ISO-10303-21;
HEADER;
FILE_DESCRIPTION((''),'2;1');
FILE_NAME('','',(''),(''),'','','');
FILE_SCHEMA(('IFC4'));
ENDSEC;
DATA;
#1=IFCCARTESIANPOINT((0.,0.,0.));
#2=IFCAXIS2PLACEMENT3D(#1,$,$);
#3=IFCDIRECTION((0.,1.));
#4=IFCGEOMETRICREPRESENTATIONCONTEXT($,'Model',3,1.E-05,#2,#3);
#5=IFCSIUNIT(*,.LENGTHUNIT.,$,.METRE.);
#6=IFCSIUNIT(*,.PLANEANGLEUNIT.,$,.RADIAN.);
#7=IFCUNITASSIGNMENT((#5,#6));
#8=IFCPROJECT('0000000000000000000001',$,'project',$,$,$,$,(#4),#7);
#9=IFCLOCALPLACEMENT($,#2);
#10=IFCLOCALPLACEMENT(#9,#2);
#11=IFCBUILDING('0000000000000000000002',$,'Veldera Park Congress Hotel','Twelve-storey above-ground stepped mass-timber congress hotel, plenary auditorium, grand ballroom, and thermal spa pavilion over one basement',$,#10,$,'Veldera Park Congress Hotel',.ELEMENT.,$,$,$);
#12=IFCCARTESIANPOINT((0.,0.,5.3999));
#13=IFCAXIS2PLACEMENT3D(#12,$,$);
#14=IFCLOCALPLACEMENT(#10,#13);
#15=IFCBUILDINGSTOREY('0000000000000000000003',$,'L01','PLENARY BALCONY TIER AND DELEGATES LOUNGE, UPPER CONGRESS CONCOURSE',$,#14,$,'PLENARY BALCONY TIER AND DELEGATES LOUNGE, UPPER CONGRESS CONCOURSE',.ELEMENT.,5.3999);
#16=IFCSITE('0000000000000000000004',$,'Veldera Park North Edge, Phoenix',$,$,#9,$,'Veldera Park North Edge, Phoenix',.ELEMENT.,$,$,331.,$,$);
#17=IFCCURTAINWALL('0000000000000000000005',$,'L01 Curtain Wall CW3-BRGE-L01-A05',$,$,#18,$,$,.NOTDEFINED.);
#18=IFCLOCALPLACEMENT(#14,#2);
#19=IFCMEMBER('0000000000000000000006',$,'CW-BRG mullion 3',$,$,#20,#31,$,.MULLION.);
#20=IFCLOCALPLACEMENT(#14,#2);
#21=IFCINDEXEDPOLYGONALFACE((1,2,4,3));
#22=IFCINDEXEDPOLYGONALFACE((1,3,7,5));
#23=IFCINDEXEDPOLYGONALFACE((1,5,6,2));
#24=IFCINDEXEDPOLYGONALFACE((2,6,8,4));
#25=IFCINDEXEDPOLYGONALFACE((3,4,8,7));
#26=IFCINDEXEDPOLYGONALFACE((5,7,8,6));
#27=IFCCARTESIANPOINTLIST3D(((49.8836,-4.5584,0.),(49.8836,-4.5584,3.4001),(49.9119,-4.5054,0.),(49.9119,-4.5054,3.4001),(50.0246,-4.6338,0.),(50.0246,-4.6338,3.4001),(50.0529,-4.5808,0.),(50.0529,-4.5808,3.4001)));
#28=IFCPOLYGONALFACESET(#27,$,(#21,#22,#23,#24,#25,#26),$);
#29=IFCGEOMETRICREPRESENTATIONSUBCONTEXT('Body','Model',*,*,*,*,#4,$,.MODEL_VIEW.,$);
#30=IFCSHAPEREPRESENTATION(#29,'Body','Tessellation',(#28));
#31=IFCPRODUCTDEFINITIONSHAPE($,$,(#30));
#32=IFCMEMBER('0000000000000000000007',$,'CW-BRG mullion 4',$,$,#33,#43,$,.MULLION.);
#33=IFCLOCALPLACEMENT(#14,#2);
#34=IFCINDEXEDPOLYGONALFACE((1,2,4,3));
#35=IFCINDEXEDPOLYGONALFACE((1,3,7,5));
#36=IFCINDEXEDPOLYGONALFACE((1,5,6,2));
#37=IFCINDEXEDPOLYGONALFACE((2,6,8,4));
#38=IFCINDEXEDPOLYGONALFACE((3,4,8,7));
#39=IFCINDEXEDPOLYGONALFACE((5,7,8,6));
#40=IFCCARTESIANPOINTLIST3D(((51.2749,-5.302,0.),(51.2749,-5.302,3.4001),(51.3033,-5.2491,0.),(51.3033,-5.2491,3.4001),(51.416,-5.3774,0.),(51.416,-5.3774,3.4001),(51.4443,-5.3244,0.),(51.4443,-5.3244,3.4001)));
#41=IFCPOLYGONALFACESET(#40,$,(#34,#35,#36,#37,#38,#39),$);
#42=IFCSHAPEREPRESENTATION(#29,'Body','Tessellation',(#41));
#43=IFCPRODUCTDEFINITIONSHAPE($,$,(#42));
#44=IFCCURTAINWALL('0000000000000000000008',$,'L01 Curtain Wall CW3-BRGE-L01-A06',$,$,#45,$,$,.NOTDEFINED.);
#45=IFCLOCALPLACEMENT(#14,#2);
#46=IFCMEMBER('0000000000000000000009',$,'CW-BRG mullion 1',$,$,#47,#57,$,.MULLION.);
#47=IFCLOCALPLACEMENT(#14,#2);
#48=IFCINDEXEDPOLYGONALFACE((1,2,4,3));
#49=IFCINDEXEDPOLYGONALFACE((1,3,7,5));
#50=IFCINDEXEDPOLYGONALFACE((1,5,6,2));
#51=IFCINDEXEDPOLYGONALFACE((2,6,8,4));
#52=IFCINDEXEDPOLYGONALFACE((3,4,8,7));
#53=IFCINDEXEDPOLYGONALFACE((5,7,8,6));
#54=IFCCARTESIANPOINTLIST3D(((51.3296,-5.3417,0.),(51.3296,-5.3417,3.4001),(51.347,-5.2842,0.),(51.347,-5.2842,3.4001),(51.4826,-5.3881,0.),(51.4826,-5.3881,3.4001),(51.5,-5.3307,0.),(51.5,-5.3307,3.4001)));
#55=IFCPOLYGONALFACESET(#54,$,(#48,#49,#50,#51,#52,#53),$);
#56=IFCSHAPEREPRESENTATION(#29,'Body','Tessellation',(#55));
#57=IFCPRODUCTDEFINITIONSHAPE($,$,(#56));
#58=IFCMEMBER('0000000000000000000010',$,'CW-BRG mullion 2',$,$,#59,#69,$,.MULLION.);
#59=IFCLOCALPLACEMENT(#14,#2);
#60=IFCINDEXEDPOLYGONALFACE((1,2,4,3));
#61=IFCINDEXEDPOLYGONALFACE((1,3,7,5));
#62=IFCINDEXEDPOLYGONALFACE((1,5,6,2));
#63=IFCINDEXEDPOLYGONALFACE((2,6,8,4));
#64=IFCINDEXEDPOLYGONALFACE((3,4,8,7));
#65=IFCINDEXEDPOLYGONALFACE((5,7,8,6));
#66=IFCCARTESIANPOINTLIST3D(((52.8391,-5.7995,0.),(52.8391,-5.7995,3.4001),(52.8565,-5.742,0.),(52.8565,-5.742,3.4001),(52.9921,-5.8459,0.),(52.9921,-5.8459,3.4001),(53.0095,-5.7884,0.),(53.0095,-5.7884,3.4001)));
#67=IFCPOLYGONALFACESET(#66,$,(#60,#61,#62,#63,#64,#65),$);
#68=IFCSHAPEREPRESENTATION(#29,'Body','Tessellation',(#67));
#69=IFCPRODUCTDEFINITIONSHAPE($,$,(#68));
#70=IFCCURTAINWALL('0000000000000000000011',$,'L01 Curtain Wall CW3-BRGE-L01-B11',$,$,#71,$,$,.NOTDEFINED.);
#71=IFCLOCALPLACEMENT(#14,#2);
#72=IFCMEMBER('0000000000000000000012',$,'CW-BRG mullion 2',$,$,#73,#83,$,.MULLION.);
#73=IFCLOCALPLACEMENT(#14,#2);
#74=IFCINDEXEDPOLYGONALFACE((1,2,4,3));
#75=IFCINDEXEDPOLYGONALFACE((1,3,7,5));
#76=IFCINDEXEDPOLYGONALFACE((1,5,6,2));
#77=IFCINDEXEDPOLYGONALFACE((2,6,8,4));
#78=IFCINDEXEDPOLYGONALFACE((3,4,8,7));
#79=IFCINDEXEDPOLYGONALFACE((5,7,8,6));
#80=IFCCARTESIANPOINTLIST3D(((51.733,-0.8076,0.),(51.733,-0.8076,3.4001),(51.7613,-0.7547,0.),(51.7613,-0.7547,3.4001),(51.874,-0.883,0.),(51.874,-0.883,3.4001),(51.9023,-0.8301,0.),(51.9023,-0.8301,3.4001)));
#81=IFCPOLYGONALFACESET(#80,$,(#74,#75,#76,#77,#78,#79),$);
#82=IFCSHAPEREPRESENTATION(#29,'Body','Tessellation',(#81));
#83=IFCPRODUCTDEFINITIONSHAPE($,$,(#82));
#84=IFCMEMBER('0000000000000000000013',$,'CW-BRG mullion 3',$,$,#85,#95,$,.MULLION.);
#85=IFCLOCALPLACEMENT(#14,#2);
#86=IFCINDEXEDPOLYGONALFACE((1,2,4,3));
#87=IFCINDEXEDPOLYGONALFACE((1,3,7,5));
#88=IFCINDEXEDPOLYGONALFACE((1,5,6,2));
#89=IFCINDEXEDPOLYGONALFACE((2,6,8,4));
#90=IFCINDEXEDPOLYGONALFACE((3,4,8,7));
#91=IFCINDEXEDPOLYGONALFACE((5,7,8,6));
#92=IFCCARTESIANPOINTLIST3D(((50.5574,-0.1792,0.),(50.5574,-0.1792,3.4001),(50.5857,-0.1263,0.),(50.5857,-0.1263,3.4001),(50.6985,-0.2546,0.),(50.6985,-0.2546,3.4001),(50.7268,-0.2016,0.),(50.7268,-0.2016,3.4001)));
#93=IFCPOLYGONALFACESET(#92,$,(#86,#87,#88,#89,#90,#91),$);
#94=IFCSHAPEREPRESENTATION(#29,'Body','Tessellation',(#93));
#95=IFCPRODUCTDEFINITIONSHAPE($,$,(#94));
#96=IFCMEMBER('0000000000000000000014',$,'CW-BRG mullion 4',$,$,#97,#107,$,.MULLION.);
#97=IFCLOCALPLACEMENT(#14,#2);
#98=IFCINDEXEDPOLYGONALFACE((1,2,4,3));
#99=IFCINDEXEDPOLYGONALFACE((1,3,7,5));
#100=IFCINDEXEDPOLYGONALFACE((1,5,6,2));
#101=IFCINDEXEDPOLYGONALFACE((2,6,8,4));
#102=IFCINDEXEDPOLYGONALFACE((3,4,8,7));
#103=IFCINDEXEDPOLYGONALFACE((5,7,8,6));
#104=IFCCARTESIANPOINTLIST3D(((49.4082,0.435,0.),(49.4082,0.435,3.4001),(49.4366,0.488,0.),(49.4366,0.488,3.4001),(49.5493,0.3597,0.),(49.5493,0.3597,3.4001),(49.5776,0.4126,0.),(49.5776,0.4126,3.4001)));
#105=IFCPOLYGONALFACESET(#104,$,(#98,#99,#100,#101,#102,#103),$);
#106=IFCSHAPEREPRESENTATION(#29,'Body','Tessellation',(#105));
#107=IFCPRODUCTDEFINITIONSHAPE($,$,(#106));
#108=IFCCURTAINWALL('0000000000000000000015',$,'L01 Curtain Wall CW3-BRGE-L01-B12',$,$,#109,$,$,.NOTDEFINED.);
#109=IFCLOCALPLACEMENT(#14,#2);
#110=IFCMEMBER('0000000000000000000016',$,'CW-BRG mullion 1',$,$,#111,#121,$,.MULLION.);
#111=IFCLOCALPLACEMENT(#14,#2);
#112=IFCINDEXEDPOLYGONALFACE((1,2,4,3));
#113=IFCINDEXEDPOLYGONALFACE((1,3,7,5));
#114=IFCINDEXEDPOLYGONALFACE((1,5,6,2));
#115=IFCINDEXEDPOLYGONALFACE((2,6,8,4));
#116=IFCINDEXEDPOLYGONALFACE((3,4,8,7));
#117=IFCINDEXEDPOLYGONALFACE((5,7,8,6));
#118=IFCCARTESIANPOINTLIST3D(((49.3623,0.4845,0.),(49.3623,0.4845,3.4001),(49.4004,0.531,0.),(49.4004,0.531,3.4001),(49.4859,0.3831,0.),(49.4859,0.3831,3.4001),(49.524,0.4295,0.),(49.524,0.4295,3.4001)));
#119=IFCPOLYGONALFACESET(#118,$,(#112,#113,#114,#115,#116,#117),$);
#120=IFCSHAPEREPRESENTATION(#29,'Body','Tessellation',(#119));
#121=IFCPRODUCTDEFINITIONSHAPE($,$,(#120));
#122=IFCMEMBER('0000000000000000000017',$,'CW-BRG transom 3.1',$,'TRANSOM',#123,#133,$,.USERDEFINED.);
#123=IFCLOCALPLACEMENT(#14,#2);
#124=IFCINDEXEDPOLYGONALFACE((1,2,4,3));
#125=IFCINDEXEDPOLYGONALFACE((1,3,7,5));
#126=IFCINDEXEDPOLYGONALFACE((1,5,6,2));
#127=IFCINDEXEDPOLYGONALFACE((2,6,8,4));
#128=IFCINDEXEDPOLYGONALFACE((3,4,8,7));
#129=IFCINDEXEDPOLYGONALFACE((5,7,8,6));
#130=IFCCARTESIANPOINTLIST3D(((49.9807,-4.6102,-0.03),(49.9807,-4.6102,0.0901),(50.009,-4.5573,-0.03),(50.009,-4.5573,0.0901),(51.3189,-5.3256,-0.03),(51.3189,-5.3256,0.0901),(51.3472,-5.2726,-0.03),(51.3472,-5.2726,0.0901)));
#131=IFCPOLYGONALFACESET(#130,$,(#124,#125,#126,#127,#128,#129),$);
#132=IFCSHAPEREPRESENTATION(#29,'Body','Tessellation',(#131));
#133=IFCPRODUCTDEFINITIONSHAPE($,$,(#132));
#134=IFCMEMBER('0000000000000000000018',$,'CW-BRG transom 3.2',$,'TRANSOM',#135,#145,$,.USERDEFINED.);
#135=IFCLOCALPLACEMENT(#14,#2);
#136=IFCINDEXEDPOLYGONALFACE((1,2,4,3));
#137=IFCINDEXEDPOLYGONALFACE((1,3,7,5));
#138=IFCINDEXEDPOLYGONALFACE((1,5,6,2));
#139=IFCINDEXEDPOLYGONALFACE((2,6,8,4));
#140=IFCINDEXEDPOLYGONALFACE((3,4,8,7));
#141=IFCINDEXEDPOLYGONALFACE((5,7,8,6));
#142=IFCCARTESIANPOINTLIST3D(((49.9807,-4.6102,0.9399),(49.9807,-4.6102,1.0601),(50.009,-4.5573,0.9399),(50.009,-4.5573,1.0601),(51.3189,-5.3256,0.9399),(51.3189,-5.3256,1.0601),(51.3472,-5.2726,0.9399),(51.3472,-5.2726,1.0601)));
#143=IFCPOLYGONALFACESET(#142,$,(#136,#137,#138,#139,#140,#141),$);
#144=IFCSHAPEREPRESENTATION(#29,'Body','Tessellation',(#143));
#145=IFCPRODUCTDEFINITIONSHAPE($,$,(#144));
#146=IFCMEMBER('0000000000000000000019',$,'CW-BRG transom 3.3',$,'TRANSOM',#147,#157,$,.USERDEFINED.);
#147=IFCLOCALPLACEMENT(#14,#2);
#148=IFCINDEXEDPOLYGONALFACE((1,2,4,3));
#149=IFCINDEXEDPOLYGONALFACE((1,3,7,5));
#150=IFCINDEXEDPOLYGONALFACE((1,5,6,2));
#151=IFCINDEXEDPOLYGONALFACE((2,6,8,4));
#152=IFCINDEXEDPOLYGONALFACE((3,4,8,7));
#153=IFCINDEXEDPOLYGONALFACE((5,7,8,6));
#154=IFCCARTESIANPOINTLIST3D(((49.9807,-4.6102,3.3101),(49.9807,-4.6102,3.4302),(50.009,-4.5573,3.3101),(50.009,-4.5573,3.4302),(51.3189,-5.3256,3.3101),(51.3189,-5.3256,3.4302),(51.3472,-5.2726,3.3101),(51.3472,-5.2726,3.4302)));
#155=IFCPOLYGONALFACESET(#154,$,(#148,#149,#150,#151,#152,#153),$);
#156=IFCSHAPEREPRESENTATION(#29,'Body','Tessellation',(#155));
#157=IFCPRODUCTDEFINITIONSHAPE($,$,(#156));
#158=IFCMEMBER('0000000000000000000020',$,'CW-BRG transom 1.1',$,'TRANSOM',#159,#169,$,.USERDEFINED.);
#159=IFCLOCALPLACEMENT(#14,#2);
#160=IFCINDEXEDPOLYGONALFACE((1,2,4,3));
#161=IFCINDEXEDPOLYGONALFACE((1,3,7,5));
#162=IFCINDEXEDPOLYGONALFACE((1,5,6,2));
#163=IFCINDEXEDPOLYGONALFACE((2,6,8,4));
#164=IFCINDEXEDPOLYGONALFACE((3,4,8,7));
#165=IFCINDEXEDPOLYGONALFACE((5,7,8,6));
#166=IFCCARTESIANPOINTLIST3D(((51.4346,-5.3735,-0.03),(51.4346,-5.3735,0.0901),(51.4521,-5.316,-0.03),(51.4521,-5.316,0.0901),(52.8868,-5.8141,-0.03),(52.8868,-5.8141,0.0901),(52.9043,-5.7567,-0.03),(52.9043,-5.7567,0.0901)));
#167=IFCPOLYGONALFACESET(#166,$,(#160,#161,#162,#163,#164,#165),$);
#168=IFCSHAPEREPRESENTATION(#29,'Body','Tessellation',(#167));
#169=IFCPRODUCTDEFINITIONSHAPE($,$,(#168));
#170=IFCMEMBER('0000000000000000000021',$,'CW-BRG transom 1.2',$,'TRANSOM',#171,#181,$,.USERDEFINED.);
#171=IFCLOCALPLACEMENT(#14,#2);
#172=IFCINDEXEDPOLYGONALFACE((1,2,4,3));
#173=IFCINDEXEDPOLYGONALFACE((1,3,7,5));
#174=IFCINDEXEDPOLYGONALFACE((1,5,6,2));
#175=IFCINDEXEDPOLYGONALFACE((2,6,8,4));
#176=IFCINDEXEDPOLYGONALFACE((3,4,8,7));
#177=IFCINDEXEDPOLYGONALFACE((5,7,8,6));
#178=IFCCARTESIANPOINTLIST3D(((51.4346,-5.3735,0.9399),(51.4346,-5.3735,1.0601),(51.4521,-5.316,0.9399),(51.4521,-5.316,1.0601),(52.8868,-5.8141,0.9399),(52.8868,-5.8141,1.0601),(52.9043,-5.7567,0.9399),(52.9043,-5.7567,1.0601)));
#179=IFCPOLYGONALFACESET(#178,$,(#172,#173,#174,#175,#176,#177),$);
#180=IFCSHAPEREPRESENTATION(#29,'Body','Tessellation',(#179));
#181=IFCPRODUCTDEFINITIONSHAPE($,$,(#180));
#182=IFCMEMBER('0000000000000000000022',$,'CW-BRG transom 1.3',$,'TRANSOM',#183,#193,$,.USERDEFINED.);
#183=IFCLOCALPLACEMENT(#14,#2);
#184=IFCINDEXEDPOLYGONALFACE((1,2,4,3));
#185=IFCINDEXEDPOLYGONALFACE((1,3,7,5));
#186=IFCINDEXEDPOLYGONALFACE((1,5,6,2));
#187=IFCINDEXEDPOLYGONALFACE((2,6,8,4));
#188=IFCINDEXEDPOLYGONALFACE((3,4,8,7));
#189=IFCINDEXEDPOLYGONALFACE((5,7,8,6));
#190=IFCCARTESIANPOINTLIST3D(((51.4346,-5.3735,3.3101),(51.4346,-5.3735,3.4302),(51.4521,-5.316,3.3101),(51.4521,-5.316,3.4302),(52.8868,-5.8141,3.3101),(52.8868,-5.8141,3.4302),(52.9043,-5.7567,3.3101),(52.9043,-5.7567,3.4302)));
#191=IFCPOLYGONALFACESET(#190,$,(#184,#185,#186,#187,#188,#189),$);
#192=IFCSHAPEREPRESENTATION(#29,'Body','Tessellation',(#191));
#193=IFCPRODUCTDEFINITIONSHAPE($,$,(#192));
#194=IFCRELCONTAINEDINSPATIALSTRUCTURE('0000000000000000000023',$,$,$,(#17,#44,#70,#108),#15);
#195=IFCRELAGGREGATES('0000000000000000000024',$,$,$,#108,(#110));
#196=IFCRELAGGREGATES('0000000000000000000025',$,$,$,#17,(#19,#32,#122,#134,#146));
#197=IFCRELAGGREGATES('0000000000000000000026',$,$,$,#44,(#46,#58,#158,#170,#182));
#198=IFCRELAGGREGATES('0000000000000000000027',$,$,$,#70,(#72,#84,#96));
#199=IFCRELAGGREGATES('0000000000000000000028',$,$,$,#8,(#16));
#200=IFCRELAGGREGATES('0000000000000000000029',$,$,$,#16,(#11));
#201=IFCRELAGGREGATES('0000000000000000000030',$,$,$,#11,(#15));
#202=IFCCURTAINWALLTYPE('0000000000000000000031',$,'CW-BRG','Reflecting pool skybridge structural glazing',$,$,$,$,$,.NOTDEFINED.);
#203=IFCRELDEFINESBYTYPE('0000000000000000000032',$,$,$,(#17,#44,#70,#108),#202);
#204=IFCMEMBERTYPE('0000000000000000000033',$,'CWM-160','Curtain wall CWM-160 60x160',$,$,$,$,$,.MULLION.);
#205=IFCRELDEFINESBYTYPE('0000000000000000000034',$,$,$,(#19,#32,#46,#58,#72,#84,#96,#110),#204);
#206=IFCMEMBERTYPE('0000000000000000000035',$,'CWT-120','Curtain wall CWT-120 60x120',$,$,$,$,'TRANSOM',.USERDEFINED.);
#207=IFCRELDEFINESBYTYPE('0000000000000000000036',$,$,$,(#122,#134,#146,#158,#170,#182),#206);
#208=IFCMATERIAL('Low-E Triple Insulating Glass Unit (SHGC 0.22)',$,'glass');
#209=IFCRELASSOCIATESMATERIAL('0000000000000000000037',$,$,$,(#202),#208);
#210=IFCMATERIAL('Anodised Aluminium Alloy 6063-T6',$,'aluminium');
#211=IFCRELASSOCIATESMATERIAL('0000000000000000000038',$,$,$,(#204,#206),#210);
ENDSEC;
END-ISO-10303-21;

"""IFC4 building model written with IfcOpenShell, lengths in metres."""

from ifc_helpers import new_model, si_unit, direction, frame, origin, origin_2d, place, context, subcontext, project, spatial, rectangle, extrude, material, material_profile, profile_set, type_object, element, aggregate, save


model = new_model("IFC4")

# Units and contexts
model_context = context("Model", 3, precision=1e-05, world=origin(), true_north=direction((0.0, 1.0)))
body_context = subcontext(model_context, "Body", "Model", "MODEL_VIEW")
ifc_project = project(units=[si_unit("LENGTHUNIT", "METRE"), si_unit("PLANEANGLEUNIT", "RADIAN")], contexts=[model_context])

# Site, building, storey
site_placement = place(None, origin())
site = spatial("IfcSite", under=ifc_project, at=site_placement, Name="Veldera Park North Edge, Phoenix", LongName="Veldera Park North Edge, Phoenix", CompositionType="ELEMENT", RefElevation=331.0)
building_placement = place(site_placement, origin())
building = spatial("IfcBuilding", under=site, at=building_placement, Name="Veldera Park Congress Hotel", Description="Twelve-storey above-ground stepped mass-timber congress hotel, plenary auditorium, grand ballroom, and thermal spa pavilion over one basement", LongName="Veldera Park Congress Hotel", CompositionType="ELEMENT")
storey_placement = place(building_placement, frame((0.0, 0.0, 5.3999)))
storey = spatial("IfcBuildingStorey", under=building, at=storey_placement, Name="L01", Description="PLENARY BALCONY TIER AND DELEGATES LOUNGE, UPPER CONGRESS CONCOURSE", LongName="PLENARY BALCONY TIER AND DELEGATES LOUNGE, UPPER CONGRESS CONCOURSE", CompositionType="ELEMENT", Elevation=5.3999)

# Curtain walls, members
ifc_material_1 = material(Name="Low-E Triple Insulating Glass Unit (SHGC 0.22)", Category="glass")
curtain_wall_type = type_object("IfcCurtainWallType", Name="CW-BRG", Description="Reflecting pool skybridge structural glazing", PredefinedType="NOTDEFINED", material=ifc_material_1)
curtain_wall_1_placement = place(storey_placement, origin())
curtain_wall_1 = element("IfcCurtainWall", 1, at=curtain_wall_1_placement, inside=storey, type_object=curtain_wall_type, Name="L01 Curtain Wall CW3-BRGE-L01-A05", PredefinedType="NOTDEFINED")
ifc_material_2 = material(Name="Anodised Aluminium Alloy 6063-T6", Category="aluminium")
ifc_material_profile_1 = material_profile(ifc_material_2, rectangle(XDim=0.0601, YDim=0.1599, at=origin_2d()), Name="ALU 60x160")
ifc_profile_set_1 = profile_set([ifc_material_profile_1], Name="Anodised Aluminium Alloy 6063-T6")
member_type_1 = type_object("IfcMemberType", Name="CWM-160", Description="Curtain wall CWM-160 60x160", PredefinedType="MULLION", material=ifc_profile_set_1)
member_1_placement = place(storey_placement, frame((49.9683, -4.5696, 0.0), z_axis=(0.0, 0.0, 1.0), x_axis=(0.471385, 0.881928, 0.0)))
member_1 = element("IfcMember", 2, at=member_1_placement, type_object=member_type_1, Name="CW-BRG mullion 3", PredefinedType="MULLION", context=body_context, shape_type="SweptSolid", body=[
    extrude(rectangle(XDim=0.0601, YDim=0.1599, at=origin_2d()), origin(), (0.0, 0.0, 1.0), 3.4001),
])
member_2_placement = place(storey_placement, frame((51.3596, -5.3132, 0.0), z_axis=(0.0, 0.0, 1.0), x_axis=(0.471385, 0.881928, 0.0)))
member_2 = element("IfcMember", 3, at=member_2_placement, type_object=member_type_1, Name="CW-BRG mullion 4", PredefinedType="MULLION", context=body_context, shape_type="SweptSolid", body=[
    extrude(rectangle(XDim=0.0601, YDim=0.1599, at=origin_2d()), origin(), (0.0, 0.0, 1.0), 3.4001),
])
curtain_wall_2_placement = place(storey_placement, origin())
curtain_wall_2 = element("IfcCurtainWall", 4, at=curtain_wall_2_placement, inside=storey, type_object=curtain_wall_type, Name="L01 Curtain Wall CW3-BRGE-L01-A06", PredefinedType="NOTDEFINED")
member_3_placement = place(storey_placement, frame((51.4148, -5.3362, 0.0), z_axis=(0.0, 0.0, 1.0), x_axis=(0.290288, 0.956939, 0.0)))
member_3 = element("IfcMember", 5, at=member_3_placement, type_object=member_type_1, Name="CW-BRG mullion 1", PredefinedType="MULLION", context=body_context, shape_type="SweptSolid", body=[
    extrude(rectangle(XDim=0.0601, YDim=0.1599, at=origin_2d()), origin(), (0.0, 0.0, 1.0), 3.4001),
])
member_4_placement = place(storey_placement, frame((52.9243, -5.7939, 0.0), z_axis=(0.0, 0.0, 1.0), x_axis=(0.290288, 0.956939, 0.0)))
member_4 = element("IfcMember", 6, at=member_4_placement, type_object=member_type_1, Name="CW-BRG mullion 2", PredefinedType="MULLION", context=body_context, shape_type="SweptSolid", body=[
    extrude(rectangle(XDim=0.0601, YDim=0.1599, at=origin_2d()), origin(), (0.0, 0.0, 1.0), 3.4001),
])
curtain_wall_3_placement = place(storey_placement, origin())
curtain_wall_3 = element("IfcCurtainWall", 7, at=curtain_wall_3_placement, inside=storey, type_object=curtain_wall_type, Name="L01 Curtain Wall CW3-BRGE-L01-B11", PredefinedType="NOTDEFINED")
member_5_placement = place(storey_placement, frame((51.8176, -0.8188, 0.0), z_axis=(0.0, 0.0, 1.0), x_axis=(-0.471384, -0.881928, 0.0)))
member_5 = element("IfcMember", 8, at=member_5_placement, type_object=member_type_1, Name="CW-BRG mullion 2", PredefinedType="MULLION", context=body_context, shape_type="SweptSolid", body=[
    extrude(rectangle(XDim=0.0601, YDim=0.1599, at=origin_2d()), origin(), (0.0, 0.0, 1.0), 3.4001),
])
member_6_placement = place(storey_placement, frame((50.6421, -0.1904, 0.0), z_axis=(0.0, 0.0, 1.0), x_axis=(-0.471384, -0.881928, 0.0)))
member_6 = element("IfcMember", 9, at=member_6_placement, type_object=member_type_1, Name="CW-BRG mullion 3", PredefinedType="MULLION", context=body_context, shape_type="SweptSolid", body=[
    extrude(rectangle(XDim=0.0601, YDim=0.1599, at=origin_2d()), origin(), (0.0, 0.0, 1.0), 3.4001),
])
member_7_placement = place(storey_placement, frame((49.4929, 0.4238, 0.0), z_axis=(0.0, 0.0, 1.0), x_axis=(-0.471384, -0.881928, 0.0)))
member_7 = element("IfcMember", 10, at=member_7_placement, type_object=member_type_1, Name="CW-BRG mullion 4", PredefinedType="MULLION", context=body_context, shape_type="SweptSolid", body=[
    extrude(rectangle(XDim=0.0601, YDim=0.1599, at=origin_2d()), origin(), (0.0, 0.0, 1.0), 3.4001),
])

# Curtain wall, member
curtain_wall_4_placement = place(storey_placement, origin())
curtain_wall_4 = element("IfcCurtainWall", 11, at=curtain_wall_4_placement, inside=storey, type_object=curtain_wall_type, Name="L01 Curtain Wall CW3-BRGE-L01-B12", PredefinedType="NOTDEFINED")
member_8_placement = place(storey_placement, frame((49.4431, 0.457, 0.0), z_axis=(0.0, 0.0, 1.0), x_axis=(-0.634386, -0.773016, 0.0)))
member_8 = element("IfcMember", 12, at=member_8_placement, type_object=member_type_1, Name="CW-BRG mullion 1", PredefinedType="MULLION", context=body_context, shape_type="SweptSolid", body=[
    extrude(rectangle(XDim=0.0601, YDim=0.1599, at=origin_2d()), origin(), (0.0, 0.0, 1.0), 3.4001),
])

# Members
ifc_material_profile_2 = material_profile(ifc_material_2, rectangle(XDim=0.0601, YDim=0.1201, at=origin_2d()), Name="ALU 60x120")
ifc_profile_set_2 = profile_set([ifc_material_profile_2], Name="Anodised Aluminium Alloy 6063-T6")
member_type_2 = type_object("IfcMemberType", Name="CWT-120", Description="Curtain wall CWT-120 60x120", ElementType="TRANSOM", PredefinedType="USERDEFINED", material=ifc_profile_set_2)
member_9_placement = place(storey_placement, frame((49.9949, -4.5837, 0.03), z_axis=(0.881898, -0.47144, 0.0), x_axis=(0.47144, 0.881898, 0.0)))
member_9 = element("IfcMember", 13, at=member_9_placement, type_object=member_type_2, Name="CW-BRG transom 3.1", ObjectType="TRANSOM", PredefinedType="USERDEFINED", context=body_context, shape_type="SweptSolid", body=[
    extrude(rectangle(XDim=0.0601, YDim=0.1201, at=origin_2d()), origin(), (0.0, 0.0, 1.0), 1.5173),
])
member_10_placement = place(storey_placement, frame((49.9949, -4.5837, 1.0), z_axis=(0.881898, -0.47144, 0.0), x_axis=(0.47144, 0.881898, 0.0)))
member_10 = element("IfcMember", 14, at=member_10_placement, type_object=member_type_2, Name="CW-BRG transom 3.2", ObjectType="TRANSOM", PredefinedType="USERDEFINED", context=body_context, shape_type="SweptSolid", body=[
    extrude(rectangle(XDim=0.0601, YDim=0.1201, at=origin_2d()), origin(), (0.0, 0.0, 1.0), 1.5173),
])
member_11_placement = place(storey_placement, frame((49.9949, -4.5837, 3.3701), z_axis=(0.881898, -0.47144, 0.0), x_axis=(0.47144, 0.881898, 0.0)))
member_11 = element("IfcMember", 15, at=member_11_placement, type_object=member_type_2, Name="CW-BRG transom 3.3", ObjectType="TRANSOM", PredefinedType="USERDEFINED", context=body_context, shape_type="SweptSolid", body=[
    extrude(rectangle(XDim=0.0601, YDim=0.1201, at=origin_2d()), origin(), (0.0, 0.0, 1.0), 1.5173),
])
member_12_placement = place(storey_placement, frame((51.4434, -5.3447, 0.03), z_axis=(0.956909, -0.290387, 0.0), x_axis=(0.290387, 0.956909, 0.0)))
member_12 = element("IfcMember", 16, at=member_12_placement, type_object=member_type_2, Name="CW-BRG transom 1.1", ObjectType="TRANSOM", PredefinedType="USERDEFINED", context=body_context, shape_type="SweptSolid", body=[
    extrude(rectangle(XDim=0.0601, YDim=0.1201, at=origin_2d()), origin(), (0.0, 0.0, 1.0), 1.5176),
])
member_13_placement = place(storey_placement, frame((51.4434, -5.3447, 1.0), z_axis=(0.956909, -0.290387, 0.0), x_axis=(0.290387, 0.956909, 0.0)))
member_13 = element("IfcMember", 17, at=member_13_placement, type_object=member_type_2, Name="CW-BRG transom 1.2", ObjectType="TRANSOM", PredefinedType="USERDEFINED", context=body_context, shape_type="SweptSolid", body=[
    extrude(rectangle(XDim=0.0601, YDim=0.1201, at=origin_2d()), origin(), (0.0, 0.0, 1.0), 1.5176),
])
member_14_placement = place(storey_placement, frame((51.4434, -5.3447, 3.3701), z_axis=(0.956909, -0.290387, 0.0), x_axis=(0.290387, 0.956909, 0.0)))
member_14 = element("IfcMember", 18, at=member_14_placement, type_object=member_type_2, Name="CW-BRG transom 1.3", ObjectType="TRANSOM", PredefinedType="USERDEFINED", context=body_context, shape_type="SweptSolid", body=[
    extrude(rectangle(XDim=0.0601, YDim=0.1201, at=origin_2d()), origin(), (0.0, 0.0, 1.0), 1.5176),
])
aggregate(curtain_wall_4, [member_8])

aggregate(curtain_wall_1, [member_1, member_2, member_9, member_10, member_11])
aggregate(curtain_wall_2, [member_3, member_4, member_12, member_13, member_14])
aggregate(curtain_wall_3, [member_5, member_6, member_7])

save(model, "model.ifc")
